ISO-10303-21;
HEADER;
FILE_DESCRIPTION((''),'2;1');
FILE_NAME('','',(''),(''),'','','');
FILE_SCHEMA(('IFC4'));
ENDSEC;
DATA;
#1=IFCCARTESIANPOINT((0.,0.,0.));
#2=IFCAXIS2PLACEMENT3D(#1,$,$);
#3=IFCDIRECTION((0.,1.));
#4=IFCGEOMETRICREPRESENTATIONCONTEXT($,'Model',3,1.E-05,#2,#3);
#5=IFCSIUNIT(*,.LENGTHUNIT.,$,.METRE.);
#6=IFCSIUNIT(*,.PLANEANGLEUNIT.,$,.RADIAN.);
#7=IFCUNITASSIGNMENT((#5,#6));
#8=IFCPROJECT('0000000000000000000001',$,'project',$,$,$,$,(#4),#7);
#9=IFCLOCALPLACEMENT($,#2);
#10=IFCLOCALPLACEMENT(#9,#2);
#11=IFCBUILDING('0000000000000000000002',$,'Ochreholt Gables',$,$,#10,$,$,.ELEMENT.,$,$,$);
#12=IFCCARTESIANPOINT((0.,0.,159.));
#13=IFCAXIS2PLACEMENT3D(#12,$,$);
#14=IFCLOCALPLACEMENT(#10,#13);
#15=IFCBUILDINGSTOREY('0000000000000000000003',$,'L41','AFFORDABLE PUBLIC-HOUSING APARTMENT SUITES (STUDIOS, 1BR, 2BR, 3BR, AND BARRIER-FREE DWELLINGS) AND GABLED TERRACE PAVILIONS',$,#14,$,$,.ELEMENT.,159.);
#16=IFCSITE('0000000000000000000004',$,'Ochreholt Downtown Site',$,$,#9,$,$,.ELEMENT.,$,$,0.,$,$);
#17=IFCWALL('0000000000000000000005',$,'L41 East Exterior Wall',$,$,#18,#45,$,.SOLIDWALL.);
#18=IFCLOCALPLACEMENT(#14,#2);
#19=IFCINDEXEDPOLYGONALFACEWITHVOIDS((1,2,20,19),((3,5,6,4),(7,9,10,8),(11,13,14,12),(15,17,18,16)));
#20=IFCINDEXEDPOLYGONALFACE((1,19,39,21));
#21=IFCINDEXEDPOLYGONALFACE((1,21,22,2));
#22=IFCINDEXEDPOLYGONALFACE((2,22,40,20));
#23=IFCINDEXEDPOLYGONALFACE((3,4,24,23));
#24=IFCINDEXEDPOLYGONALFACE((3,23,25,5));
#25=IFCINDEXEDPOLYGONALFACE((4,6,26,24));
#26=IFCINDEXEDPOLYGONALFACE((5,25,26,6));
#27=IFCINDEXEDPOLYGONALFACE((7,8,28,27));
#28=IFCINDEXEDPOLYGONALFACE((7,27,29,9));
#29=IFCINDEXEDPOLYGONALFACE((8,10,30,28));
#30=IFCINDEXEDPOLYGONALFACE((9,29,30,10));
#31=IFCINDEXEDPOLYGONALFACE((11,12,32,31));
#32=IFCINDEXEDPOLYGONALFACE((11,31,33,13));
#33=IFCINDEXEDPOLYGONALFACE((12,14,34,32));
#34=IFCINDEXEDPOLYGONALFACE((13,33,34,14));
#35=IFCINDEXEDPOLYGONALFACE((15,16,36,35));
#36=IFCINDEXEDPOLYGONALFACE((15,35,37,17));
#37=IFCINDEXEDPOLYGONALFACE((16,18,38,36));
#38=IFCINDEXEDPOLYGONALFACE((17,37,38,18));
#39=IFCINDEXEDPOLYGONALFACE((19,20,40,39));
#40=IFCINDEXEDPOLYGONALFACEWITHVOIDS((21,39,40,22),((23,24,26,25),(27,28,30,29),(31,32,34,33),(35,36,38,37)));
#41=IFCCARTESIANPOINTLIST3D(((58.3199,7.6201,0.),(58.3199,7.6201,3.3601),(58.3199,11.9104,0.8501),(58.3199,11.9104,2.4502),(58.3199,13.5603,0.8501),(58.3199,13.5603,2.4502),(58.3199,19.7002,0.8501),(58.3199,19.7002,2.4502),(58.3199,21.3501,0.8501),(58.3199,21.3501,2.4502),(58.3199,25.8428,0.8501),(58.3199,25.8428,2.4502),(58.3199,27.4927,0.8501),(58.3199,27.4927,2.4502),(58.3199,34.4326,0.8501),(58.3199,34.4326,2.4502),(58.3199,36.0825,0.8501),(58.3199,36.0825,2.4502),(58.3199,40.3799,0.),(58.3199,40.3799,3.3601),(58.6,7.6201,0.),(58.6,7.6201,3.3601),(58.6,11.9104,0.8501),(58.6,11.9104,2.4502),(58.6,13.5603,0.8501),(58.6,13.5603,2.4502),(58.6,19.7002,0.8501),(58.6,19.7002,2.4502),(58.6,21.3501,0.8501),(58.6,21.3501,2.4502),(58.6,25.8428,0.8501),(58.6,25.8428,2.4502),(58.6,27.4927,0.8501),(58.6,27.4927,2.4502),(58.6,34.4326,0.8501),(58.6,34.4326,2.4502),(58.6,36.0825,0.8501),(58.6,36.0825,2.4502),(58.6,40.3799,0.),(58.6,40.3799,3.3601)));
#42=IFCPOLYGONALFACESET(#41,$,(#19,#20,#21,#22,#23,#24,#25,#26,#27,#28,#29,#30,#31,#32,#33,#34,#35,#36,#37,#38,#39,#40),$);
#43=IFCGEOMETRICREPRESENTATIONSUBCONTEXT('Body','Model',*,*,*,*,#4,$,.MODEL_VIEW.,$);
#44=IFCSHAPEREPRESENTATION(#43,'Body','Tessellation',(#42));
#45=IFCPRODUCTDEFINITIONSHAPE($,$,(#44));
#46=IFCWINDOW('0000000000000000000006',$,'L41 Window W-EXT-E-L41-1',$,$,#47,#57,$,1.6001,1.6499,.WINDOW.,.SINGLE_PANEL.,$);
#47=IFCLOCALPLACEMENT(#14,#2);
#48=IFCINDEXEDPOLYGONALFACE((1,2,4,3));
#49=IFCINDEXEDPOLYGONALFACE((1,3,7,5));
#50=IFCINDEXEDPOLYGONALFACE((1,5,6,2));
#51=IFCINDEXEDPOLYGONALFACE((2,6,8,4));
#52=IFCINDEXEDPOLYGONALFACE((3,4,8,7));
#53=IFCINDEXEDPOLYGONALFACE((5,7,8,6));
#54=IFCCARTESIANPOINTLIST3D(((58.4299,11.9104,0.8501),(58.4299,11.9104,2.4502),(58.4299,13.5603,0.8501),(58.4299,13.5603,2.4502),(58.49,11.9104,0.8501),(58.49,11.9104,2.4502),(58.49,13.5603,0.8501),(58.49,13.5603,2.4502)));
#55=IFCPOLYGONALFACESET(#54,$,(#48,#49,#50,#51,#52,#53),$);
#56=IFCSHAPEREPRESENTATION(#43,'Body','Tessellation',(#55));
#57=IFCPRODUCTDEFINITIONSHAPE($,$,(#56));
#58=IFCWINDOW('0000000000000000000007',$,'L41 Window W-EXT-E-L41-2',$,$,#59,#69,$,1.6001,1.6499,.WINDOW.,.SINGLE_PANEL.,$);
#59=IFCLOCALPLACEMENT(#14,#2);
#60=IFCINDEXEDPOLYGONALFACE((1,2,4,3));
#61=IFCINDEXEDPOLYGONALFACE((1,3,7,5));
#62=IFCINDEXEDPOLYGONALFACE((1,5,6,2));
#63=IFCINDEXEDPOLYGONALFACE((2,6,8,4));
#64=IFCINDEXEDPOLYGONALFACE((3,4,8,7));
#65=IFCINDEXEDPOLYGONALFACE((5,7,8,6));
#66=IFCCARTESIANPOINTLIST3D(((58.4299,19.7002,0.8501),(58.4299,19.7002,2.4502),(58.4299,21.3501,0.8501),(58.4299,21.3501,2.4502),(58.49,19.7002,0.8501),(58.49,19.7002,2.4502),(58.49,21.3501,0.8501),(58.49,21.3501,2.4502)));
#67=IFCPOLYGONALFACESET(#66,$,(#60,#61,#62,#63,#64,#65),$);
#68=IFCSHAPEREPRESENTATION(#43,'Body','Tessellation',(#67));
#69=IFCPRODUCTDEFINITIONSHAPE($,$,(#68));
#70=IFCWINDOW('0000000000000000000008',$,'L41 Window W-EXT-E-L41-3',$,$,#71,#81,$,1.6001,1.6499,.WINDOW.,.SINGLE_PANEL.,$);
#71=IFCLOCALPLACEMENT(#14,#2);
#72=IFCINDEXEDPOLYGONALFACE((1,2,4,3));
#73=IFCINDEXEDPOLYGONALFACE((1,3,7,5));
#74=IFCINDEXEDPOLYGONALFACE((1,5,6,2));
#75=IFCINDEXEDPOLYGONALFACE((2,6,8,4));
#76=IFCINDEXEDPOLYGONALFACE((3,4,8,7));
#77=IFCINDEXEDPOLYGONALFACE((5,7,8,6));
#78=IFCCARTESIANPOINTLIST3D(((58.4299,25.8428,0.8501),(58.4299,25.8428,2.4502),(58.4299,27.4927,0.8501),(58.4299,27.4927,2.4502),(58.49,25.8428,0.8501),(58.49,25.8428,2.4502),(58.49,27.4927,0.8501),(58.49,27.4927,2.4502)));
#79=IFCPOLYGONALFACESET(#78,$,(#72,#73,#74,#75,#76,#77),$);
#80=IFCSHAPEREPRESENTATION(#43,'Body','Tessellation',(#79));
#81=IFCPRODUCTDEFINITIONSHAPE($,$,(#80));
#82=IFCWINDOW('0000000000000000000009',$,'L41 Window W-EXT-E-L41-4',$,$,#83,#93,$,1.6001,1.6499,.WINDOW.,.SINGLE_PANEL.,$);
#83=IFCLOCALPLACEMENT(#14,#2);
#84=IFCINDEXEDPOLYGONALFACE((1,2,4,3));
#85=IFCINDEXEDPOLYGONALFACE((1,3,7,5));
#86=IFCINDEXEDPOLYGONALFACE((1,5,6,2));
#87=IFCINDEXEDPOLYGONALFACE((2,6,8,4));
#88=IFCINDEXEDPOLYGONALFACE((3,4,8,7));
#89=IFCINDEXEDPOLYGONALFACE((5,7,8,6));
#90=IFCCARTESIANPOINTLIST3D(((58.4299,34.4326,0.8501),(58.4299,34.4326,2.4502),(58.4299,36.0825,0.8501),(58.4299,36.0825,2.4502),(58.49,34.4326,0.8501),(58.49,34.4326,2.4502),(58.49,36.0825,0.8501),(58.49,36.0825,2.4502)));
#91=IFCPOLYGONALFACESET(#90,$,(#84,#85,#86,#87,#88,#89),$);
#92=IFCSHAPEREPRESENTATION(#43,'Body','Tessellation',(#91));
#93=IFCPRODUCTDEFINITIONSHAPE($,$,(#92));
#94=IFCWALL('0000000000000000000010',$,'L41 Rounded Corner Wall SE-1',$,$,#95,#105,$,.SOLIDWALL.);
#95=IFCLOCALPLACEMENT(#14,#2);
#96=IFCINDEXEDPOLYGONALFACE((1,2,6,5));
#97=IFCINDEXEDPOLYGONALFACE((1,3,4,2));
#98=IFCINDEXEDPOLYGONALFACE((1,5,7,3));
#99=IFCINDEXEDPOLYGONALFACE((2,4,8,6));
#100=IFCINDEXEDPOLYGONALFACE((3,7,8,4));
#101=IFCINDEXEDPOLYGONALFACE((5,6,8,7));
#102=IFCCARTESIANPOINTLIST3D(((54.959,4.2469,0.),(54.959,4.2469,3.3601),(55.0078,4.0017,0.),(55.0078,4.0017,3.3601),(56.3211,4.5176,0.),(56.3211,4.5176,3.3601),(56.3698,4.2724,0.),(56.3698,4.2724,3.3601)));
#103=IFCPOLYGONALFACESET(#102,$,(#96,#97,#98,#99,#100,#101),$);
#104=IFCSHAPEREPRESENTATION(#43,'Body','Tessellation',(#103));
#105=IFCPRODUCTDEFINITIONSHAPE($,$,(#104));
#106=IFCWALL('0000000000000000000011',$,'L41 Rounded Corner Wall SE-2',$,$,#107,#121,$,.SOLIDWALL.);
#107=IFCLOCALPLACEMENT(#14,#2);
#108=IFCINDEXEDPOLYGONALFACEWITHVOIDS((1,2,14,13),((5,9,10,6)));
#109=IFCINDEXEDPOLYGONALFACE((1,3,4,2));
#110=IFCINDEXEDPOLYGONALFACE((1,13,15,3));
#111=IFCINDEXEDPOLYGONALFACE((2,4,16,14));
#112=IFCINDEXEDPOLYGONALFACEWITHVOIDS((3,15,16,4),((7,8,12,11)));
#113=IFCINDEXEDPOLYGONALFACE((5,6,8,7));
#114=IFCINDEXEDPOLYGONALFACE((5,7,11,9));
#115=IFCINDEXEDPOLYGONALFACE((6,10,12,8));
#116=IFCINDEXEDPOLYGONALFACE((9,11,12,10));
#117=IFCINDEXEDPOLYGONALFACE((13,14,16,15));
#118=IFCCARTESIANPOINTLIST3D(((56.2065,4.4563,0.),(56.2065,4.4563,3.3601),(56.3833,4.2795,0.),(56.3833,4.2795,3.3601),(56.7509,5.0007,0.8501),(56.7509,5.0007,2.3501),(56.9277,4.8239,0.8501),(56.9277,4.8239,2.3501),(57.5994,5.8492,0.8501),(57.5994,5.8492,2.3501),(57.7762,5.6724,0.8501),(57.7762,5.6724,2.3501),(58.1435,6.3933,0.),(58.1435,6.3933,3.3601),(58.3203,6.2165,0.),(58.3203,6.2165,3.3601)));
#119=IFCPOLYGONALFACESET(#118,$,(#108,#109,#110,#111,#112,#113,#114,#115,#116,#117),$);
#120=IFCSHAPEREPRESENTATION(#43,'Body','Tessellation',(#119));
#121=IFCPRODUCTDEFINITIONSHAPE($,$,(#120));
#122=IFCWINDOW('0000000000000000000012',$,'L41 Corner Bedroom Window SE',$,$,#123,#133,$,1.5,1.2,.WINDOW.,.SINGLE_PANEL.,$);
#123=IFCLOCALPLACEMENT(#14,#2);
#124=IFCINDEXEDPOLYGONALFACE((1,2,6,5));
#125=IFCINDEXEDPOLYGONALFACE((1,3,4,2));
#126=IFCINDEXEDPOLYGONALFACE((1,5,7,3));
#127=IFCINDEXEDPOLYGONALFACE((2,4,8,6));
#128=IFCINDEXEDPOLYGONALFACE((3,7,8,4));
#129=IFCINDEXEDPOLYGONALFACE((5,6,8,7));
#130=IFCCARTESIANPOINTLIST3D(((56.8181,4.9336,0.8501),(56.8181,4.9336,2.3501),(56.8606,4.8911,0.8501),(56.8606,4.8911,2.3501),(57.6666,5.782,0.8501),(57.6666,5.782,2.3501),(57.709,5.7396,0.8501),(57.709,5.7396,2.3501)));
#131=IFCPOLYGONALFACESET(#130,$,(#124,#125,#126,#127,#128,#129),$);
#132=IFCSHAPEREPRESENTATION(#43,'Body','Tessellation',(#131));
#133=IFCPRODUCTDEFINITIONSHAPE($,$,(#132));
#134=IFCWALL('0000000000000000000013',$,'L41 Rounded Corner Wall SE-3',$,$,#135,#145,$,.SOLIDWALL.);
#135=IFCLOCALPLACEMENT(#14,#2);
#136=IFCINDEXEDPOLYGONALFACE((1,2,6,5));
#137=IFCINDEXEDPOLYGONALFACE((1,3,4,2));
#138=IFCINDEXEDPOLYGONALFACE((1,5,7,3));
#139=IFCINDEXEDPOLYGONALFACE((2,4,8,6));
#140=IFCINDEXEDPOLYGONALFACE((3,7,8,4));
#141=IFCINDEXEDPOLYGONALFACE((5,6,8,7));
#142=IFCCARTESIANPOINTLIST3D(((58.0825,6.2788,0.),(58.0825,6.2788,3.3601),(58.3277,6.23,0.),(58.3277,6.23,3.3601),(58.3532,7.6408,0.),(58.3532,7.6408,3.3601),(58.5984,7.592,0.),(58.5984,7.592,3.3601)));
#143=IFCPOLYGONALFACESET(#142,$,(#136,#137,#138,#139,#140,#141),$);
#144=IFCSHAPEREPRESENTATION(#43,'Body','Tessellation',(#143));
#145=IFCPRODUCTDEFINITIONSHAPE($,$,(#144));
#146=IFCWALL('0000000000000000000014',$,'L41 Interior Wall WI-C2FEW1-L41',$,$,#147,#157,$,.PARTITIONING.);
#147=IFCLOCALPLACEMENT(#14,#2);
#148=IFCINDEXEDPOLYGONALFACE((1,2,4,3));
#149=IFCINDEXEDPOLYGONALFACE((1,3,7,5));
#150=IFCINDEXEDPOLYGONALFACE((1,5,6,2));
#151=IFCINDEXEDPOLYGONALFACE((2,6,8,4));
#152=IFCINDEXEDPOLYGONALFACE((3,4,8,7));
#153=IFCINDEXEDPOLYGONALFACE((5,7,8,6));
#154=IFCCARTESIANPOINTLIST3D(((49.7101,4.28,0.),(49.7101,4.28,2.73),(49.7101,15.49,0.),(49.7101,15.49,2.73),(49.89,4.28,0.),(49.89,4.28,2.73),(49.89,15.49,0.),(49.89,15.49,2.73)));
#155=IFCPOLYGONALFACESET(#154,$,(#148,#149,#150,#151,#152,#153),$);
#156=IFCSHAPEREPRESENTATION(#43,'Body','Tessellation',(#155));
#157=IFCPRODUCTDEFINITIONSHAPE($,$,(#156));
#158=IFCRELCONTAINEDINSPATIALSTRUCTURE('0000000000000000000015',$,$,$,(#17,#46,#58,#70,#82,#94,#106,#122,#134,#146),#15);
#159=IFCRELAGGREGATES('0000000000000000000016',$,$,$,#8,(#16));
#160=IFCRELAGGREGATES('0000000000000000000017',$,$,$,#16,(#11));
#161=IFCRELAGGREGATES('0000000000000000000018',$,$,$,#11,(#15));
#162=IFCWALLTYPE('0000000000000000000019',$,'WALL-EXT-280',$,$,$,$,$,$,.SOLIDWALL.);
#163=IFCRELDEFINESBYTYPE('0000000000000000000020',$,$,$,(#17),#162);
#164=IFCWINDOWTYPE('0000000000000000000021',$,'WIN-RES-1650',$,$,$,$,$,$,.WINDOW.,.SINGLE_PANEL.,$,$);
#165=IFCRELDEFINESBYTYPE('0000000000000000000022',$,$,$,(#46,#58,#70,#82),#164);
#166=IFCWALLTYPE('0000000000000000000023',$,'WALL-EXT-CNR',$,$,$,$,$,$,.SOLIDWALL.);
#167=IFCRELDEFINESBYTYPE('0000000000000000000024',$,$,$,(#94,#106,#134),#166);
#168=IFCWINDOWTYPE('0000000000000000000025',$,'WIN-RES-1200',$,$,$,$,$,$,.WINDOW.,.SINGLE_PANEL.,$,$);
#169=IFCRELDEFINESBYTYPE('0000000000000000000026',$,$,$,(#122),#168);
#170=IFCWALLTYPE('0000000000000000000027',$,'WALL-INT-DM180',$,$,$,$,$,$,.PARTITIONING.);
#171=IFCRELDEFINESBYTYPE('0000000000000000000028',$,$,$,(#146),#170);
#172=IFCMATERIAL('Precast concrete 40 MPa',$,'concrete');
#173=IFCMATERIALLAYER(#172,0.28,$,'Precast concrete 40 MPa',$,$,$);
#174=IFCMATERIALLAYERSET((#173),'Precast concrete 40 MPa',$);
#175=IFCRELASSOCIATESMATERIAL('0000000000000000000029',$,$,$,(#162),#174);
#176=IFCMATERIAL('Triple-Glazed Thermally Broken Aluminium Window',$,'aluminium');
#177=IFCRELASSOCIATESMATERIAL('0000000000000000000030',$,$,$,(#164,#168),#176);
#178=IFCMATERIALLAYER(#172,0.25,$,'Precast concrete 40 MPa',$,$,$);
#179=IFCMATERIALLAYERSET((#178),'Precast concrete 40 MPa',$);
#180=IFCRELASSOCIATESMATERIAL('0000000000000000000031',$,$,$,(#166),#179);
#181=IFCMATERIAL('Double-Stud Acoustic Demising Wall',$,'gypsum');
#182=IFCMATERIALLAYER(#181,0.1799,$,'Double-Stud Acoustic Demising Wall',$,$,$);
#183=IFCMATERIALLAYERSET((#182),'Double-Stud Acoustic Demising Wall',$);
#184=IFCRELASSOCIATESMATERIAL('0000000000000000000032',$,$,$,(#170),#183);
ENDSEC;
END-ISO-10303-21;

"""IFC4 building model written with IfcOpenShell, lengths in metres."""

from ifc_helpers import new_model, si_unit, direction, frame, frame_2d, origin, place, context, subcontext, project, spatial, rectangle, extrude, material, layer, layer_set, type_object, element, fill, save


model = new_model("IFC4")

# Units and contexts
model_context = context("Model", 3, precision=1e-05, world=origin(), true_north=direction((0.0, 1.0)))
body_context = subcontext(model_context, "Body", "Model", "MODEL_VIEW")
ifc_project = project(units=[si_unit("LENGTHUNIT", "METRE"), si_unit("PLANEANGLEUNIT", "RADIAN")], contexts=[model_context])

# Site, building, storey
site_placement = place(None, origin())
site = spatial("IfcSite", under=ifc_project, at=site_placement, Name="Ochreholt Downtown Site", CompositionType="ELEMENT", RefElevation=0.0)
building_placement = place(site_placement, origin())
building = spatial("IfcBuilding", under=site, at=building_placement, Name="Ochreholt Gables", CompositionType="ELEMENT")
storey_placement = place(building_placement, frame((0.0, 0.0, 159.0)))
storey = spatial("IfcBuildingStorey", under=building, at=storey_placement, Name="L41", Description="AFFORDABLE PUBLIC-HOUSING APARTMENT SUITES (STUDIOS, 1BR, 2BR, 3BR, AND BARRIER-FREE DWELLINGS) AND GABLED TERRACE PAVILIONS", CompositionType="ELEMENT", Elevation=159.0)

# Wall, openings, windows
ifc_material_1 = material(Name="Precast concrete 40 MPa", Category="concrete")
ifc_layer_1 = layer(ifc_material_1, 0.28, Name="Precast concrete 40 MPa")
ifc_layer_set_1 = layer_set([ifc_layer_1], Name="Precast concrete 40 MPa")
wall_type_1 = type_object("IfcWallType", Name="WALL-EXT-280", PredefinedType="SOLIDWALL", material=ifc_layer_set_1)
wall_1_placement = place(storey_placement, frame((58.46, 7.6201, 0.0), z_axis=(0.0, 0.0, 1.0), x_axis=(0.0, 1.0, 0.0)))
wall_1 = element("IfcWall", 1, at=wall_1_placement, inside=storey, type_object=wall_type_1, Name="L41 East Exterior Wall", PredefinedType="SOLIDWALL", context=body_context, shape_type="SweptSolid", body=[
    extrude(rectangle(XDim=32.7598, YDim=0.28, at=frame_2d((16.3799, 0.0))), origin(), (0.0, 0.0, 1.0), 3.3601),
])
opening_1_placement = place(wall_1_placement, frame((4.2903, 0.0, 0.8501)))
opening_1 = element("IfcOpeningElement", 2, at=opening_1_placement, cuts=wall_1, PredefinedType="OPENING", context=body_context, shape_type="SweptSolid", body=[
    extrude(rectangle(XDim=1.6499, YDim=1.6001, at=frame_2d((0.825, 0.8))), frame((0.0, 0.1499, 0.0), z_axis=(0.0, -1.0, 0.0), x_axis=(1.0, 0.0, 0.0)), (0.0, 0.0, 1.0), 0.3),
])
opening_2_placement = place(wall_1_placement, frame((12.0801, 0.0, 0.8501)))
opening_2 = element("IfcOpeningElement", 3, at=opening_2_placement, cuts=wall_1, PredefinedType="OPENING", context=body_context, shape_type="SweptSolid", body=[
    extrude(rectangle(XDim=1.6499, YDim=1.6001, at=frame_2d((0.825, 0.8))), frame((0.0, 0.1499, 0.0), z_axis=(0.0, -1.0, 0.0), x_axis=(1.0, 0.0, 0.0)), (0.0, 0.0, 1.0), 0.3),
])
opening_3_placement = place(wall_1_placement, frame((18.2227, 0.0, 0.8501)))
opening_3 = element("IfcOpeningElement", 4, at=opening_3_placement, cuts=wall_1, PredefinedType="OPENING", context=body_context, shape_type="SweptSolid", body=[
    extrude(rectangle(XDim=1.6499, YDim=1.6001, at=frame_2d((0.825, 0.8))), frame((0.0, 0.1499, 0.0), z_axis=(0.0, -1.0, 0.0), x_axis=(1.0, 0.0, 0.0)), (0.0, 0.0, 1.0), 0.3),
])
opening_4_placement = place(wall_1_placement, frame((26.8125, 0.0, 0.8501)))
opening_4 = element("IfcOpeningElement", 5, at=opening_4_placement, cuts=wall_1, PredefinedType="OPENING", context=body_context, shape_type="SweptSolid", body=[
    extrude(rectangle(XDim=1.6499, YDim=1.6001, at=frame_2d((0.825, 0.8))), frame((0.0, 0.1499, 0.0), z_axis=(0.0, -1.0, 0.0), x_axis=(1.0, 0.0, 0.0)), (0.0, 0.0, 1.0), 0.3),
])
ifc_material_2 = material(Name="Triple-Glazed Thermally Broken Aluminium Window", Category="aluminium")
window_type_1 = type_object("IfcWindowType", Name="WIN-RES-1650", PartitioningType="SINGLE_PANEL", PredefinedType="WINDOW", material=ifc_material_2)
window_1_placement = place(opening_1_placement, origin())
window_1 = element("IfcWindow", 6, at=window_1_placement, inside=storey, type_object=window_type_1, Name="L41 Window W-EXT-E-L41-1", OverallHeight=1.6001, OverallWidth=1.6499, PartitioningType="SINGLE_PANEL", PredefinedType="WINDOW", context=body_context, shape_type="SweptSolid", body=[
    extrude(rectangle(XDim=1.6499, YDim=1.6001, at=frame_2d((0.825, 0.8))), frame((0.0, 0.03, 0.0), z_axis=(0.0, -1.0, 0.0), x_axis=(1.0, 0.0, 0.0)), (0.0, 0.0, 1.0), 0.0601),
])
fill(opening_1, window_1)
window_2_placement = place(opening_2_placement, origin())
window_2 = element("IfcWindow", 7, at=window_2_placement, inside=storey, type_object=window_type_1, Name="L41 Window W-EXT-E-L41-2", OverallHeight=1.6001, OverallWidth=1.6499, PartitioningType="SINGLE_PANEL", PredefinedType="WINDOW", context=body_context, shape_type="SweptSolid", body=[
    extrude(rectangle(XDim=1.6499, YDim=1.6001, at=frame_2d((0.825, 0.8))), frame((0.0, 0.03, 0.0), z_axis=(0.0, -1.0, 0.0), x_axis=(1.0, 0.0, 0.0)), (0.0, 0.0, 1.0), 0.0601),
])
fill(opening_2, window_2)
window_3_placement = place(opening_3_placement, origin())
window_3 = element("IfcWindow", 8, at=window_3_placement, inside=storey, type_object=window_type_1, Name="L41 Window W-EXT-E-L41-3", OverallHeight=1.6001, OverallWidth=1.6499, PartitioningType="SINGLE_PANEL", PredefinedType="WINDOW", context=body_context, shape_type="SweptSolid", body=[
    extrude(rectangle(XDim=1.6499, YDim=1.6001, at=frame_2d((0.825, 0.8))), frame((0.0, 0.03, 0.0), z_axis=(0.0, -1.0, 0.0), x_axis=(1.0, 0.0, 0.0)), (0.0, 0.0, 1.0), 0.0601),
])
fill(opening_3, window_3)
window_4_placement = place(opening_4_placement, origin())
window_4 = element("IfcWindow", 9, at=window_4_placement, inside=storey, type_object=window_type_1, Name="L41 Window W-EXT-E-L41-4", OverallHeight=1.6001, OverallWidth=1.6499, PartitioningType="SINGLE_PANEL", PredefinedType="WINDOW", context=body_context, shape_type="SweptSolid", body=[
    extrude(rectangle(XDim=1.6499, YDim=1.6001, at=frame_2d((0.825, 0.8))), frame((0.0, 0.03, 0.0), z_axis=(0.0, -1.0, 0.0), x_axis=(1.0, 0.0, 0.0)), (0.0, 0.0, 1.0), 0.0601),
])
fill(opening_4, window_4)

# Wall
ifc_layer_2 = layer(ifc_material_1, 0.25, Name="Precast concrete 40 MPa")
ifc_layer_set_2 = layer_set([ifc_layer_2], Name="Precast concrete 40 MPa")
wall_type_2 = type_object("IfcWallType", Name="WALL-EXT-CNR", PredefinedType="SOLIDWALL", material=ifc_layer_set_2)
wall_2_placement = place(storey_placement, frame((54.9834, 4.1243, 0.0), z_axis=(0.0, 0.0, 1.0), x_axis=(0.98081, 0.194967, 0.0)))
element("IfcWall", 10, at=wall_2_placement, inside=storey, type_object=wall_type_2, Name="L41 Rounded Corner Wall SE-1", PredefinedType="SOLIDWALL", context=body_context, shape_type="SweptSolid", body=[
    extrude(rectangle(XDim=1.3887, YDim=0.25, at=frame_2d((0.6943, 0.0))), origin(), (0.0, 0.0, 1.0), 3.3601),
])

# Wall, opening, window
wall_3_placement = place(storey_placement, frame((56.2949, 4.3679, 0.0), z_axis=(0.0, 0.0, 1.0), x_axis=(0.707107, 0.707107, 0.0)))
wall_3 = element("IfcWall", 11, at=wall_3_placement, inside=storey, type_object=wall_type_2, Name="L41 Rounded Corner Wall SE-2", PredefinedType="SOLIDWALL", context=body_context, shape_type="SweptSolid", body=[
    extrude(rectangle(XDim=2.7393, YDim=0.25, at=frame_2d((1.3696, 0.0))), origin(), (0.0, 0.0, 1.0), 3.3601),
])
opening_5_placement = place(wall_3_placement, frame((0.7698, 0.0, 0.8501)))
opening_5 = element("IfcOpeningElement", 12, at=opening_5_placement, cuts=wall_3, PredefinedType="OPENING", context=body_context, shape_type="SweptSolid", body=[
    extrude(rectangle(XDim=1.2, YDim=1.5, at=frame_2d((0.6001, 0.75))), frame((0.0, 0.135, 0.0), z_axis=(0.0, -1.0, 0.0), x_axis=(1.0, 0.0, 0.0)), (0.0, 0.0, 1.0), 0.27),
])
window_type_2 = type_object("IfcWindowType", Name="WIN-RES-1200", PartitioningType="SINGLE_PANEL", PredefinedType="WINDOW", material=ifc_material_2)
window_5_placement = place(opening_5_placement, origin())
window_5 = element("IfcWindow", 13, at=window_5_placement, inside=storey, type_object=window_type_2, Name="L41 Corner Bedroom Window SE", OverallHeight=1.5, OverallWidth=1.2, PartitioningType="SINGLE_PANEL", PredefinedType="WINDOW", context=body_context, shape_type="SweptSolid", body=[
    extrude(rectangle(XDim=1.2, YDim=1.5, at=frame_2d((0.6001, 0.75))), frame((0.0, 0.03, 0.0), z_axis=(0.0, -1.0, 0.0), x_axis=(1.0, 0.0, 0.0)), (0.0, 0.0, 1.0), 0.0601),
])
fill(opening_5, window_5)

# Walls
wall_4_placement = place(storey_placement, frame((58.2051, 6.2544, 0.0), z_axis=(0.0, 0.0, 1.0), x_axis=(0.194967, 0.98081, 0.0)))
element("IfcWall", 14, at=wall_4_placement, inside=storey, type_object=wall_type_2, Name="L41 Rounded Corner Wall SE-3", PredefinedType="SOLIDWALL", context=body_context, shape_type="SweptSolid", body=[
    extrude(rectangle(XDim=1.3887, YDim=0.25, at=frame_2d((0.6943, 0.0))), origin(), (0.0, 0.0, 1.0), 3.3601),
])
ifc_material_3 = material(Name="Double-Stud Acoustic Demising Wall", Category="gypsum")
ifc_layer_3 = layer(ifc_material_3, 0.1799, Name="Double-Stud Acoustic Demising Wall")
ifc_layer_set_3 = layer_set([ifc_layer_3], Name="Double-Stud Acoustic Demising Wall")
wall_type_3 = type_object("IfcWallType", Name="WALL-INT-DM180", PredefinedType="PARTITIONING", material=ifc_layer_set_3)
wall_5_placement = place(storey_placement, frame((49.8, 4.28, 0.0), z_axis=(0.0, 0.0, 1.0), x_axis=(0.0, 1.0, 0.0)))
element("IfcWall", 15, at=wall_5_placement, inside=storey, type_object=wall_type_3, Name="L41 Interior Wall WI-C2FEW1-L41", PredefinedType="PARTITIONING", context=body_context, shape_type="SweptSolid", body=[
    extrude(rectangle(XDim=11.21, YDim=0.1799, at=frame_2d((5.605, 0.0))), origin(), (0.0, 0.0, 1.0), 2.73),
])

save(model, "model.ifc")
